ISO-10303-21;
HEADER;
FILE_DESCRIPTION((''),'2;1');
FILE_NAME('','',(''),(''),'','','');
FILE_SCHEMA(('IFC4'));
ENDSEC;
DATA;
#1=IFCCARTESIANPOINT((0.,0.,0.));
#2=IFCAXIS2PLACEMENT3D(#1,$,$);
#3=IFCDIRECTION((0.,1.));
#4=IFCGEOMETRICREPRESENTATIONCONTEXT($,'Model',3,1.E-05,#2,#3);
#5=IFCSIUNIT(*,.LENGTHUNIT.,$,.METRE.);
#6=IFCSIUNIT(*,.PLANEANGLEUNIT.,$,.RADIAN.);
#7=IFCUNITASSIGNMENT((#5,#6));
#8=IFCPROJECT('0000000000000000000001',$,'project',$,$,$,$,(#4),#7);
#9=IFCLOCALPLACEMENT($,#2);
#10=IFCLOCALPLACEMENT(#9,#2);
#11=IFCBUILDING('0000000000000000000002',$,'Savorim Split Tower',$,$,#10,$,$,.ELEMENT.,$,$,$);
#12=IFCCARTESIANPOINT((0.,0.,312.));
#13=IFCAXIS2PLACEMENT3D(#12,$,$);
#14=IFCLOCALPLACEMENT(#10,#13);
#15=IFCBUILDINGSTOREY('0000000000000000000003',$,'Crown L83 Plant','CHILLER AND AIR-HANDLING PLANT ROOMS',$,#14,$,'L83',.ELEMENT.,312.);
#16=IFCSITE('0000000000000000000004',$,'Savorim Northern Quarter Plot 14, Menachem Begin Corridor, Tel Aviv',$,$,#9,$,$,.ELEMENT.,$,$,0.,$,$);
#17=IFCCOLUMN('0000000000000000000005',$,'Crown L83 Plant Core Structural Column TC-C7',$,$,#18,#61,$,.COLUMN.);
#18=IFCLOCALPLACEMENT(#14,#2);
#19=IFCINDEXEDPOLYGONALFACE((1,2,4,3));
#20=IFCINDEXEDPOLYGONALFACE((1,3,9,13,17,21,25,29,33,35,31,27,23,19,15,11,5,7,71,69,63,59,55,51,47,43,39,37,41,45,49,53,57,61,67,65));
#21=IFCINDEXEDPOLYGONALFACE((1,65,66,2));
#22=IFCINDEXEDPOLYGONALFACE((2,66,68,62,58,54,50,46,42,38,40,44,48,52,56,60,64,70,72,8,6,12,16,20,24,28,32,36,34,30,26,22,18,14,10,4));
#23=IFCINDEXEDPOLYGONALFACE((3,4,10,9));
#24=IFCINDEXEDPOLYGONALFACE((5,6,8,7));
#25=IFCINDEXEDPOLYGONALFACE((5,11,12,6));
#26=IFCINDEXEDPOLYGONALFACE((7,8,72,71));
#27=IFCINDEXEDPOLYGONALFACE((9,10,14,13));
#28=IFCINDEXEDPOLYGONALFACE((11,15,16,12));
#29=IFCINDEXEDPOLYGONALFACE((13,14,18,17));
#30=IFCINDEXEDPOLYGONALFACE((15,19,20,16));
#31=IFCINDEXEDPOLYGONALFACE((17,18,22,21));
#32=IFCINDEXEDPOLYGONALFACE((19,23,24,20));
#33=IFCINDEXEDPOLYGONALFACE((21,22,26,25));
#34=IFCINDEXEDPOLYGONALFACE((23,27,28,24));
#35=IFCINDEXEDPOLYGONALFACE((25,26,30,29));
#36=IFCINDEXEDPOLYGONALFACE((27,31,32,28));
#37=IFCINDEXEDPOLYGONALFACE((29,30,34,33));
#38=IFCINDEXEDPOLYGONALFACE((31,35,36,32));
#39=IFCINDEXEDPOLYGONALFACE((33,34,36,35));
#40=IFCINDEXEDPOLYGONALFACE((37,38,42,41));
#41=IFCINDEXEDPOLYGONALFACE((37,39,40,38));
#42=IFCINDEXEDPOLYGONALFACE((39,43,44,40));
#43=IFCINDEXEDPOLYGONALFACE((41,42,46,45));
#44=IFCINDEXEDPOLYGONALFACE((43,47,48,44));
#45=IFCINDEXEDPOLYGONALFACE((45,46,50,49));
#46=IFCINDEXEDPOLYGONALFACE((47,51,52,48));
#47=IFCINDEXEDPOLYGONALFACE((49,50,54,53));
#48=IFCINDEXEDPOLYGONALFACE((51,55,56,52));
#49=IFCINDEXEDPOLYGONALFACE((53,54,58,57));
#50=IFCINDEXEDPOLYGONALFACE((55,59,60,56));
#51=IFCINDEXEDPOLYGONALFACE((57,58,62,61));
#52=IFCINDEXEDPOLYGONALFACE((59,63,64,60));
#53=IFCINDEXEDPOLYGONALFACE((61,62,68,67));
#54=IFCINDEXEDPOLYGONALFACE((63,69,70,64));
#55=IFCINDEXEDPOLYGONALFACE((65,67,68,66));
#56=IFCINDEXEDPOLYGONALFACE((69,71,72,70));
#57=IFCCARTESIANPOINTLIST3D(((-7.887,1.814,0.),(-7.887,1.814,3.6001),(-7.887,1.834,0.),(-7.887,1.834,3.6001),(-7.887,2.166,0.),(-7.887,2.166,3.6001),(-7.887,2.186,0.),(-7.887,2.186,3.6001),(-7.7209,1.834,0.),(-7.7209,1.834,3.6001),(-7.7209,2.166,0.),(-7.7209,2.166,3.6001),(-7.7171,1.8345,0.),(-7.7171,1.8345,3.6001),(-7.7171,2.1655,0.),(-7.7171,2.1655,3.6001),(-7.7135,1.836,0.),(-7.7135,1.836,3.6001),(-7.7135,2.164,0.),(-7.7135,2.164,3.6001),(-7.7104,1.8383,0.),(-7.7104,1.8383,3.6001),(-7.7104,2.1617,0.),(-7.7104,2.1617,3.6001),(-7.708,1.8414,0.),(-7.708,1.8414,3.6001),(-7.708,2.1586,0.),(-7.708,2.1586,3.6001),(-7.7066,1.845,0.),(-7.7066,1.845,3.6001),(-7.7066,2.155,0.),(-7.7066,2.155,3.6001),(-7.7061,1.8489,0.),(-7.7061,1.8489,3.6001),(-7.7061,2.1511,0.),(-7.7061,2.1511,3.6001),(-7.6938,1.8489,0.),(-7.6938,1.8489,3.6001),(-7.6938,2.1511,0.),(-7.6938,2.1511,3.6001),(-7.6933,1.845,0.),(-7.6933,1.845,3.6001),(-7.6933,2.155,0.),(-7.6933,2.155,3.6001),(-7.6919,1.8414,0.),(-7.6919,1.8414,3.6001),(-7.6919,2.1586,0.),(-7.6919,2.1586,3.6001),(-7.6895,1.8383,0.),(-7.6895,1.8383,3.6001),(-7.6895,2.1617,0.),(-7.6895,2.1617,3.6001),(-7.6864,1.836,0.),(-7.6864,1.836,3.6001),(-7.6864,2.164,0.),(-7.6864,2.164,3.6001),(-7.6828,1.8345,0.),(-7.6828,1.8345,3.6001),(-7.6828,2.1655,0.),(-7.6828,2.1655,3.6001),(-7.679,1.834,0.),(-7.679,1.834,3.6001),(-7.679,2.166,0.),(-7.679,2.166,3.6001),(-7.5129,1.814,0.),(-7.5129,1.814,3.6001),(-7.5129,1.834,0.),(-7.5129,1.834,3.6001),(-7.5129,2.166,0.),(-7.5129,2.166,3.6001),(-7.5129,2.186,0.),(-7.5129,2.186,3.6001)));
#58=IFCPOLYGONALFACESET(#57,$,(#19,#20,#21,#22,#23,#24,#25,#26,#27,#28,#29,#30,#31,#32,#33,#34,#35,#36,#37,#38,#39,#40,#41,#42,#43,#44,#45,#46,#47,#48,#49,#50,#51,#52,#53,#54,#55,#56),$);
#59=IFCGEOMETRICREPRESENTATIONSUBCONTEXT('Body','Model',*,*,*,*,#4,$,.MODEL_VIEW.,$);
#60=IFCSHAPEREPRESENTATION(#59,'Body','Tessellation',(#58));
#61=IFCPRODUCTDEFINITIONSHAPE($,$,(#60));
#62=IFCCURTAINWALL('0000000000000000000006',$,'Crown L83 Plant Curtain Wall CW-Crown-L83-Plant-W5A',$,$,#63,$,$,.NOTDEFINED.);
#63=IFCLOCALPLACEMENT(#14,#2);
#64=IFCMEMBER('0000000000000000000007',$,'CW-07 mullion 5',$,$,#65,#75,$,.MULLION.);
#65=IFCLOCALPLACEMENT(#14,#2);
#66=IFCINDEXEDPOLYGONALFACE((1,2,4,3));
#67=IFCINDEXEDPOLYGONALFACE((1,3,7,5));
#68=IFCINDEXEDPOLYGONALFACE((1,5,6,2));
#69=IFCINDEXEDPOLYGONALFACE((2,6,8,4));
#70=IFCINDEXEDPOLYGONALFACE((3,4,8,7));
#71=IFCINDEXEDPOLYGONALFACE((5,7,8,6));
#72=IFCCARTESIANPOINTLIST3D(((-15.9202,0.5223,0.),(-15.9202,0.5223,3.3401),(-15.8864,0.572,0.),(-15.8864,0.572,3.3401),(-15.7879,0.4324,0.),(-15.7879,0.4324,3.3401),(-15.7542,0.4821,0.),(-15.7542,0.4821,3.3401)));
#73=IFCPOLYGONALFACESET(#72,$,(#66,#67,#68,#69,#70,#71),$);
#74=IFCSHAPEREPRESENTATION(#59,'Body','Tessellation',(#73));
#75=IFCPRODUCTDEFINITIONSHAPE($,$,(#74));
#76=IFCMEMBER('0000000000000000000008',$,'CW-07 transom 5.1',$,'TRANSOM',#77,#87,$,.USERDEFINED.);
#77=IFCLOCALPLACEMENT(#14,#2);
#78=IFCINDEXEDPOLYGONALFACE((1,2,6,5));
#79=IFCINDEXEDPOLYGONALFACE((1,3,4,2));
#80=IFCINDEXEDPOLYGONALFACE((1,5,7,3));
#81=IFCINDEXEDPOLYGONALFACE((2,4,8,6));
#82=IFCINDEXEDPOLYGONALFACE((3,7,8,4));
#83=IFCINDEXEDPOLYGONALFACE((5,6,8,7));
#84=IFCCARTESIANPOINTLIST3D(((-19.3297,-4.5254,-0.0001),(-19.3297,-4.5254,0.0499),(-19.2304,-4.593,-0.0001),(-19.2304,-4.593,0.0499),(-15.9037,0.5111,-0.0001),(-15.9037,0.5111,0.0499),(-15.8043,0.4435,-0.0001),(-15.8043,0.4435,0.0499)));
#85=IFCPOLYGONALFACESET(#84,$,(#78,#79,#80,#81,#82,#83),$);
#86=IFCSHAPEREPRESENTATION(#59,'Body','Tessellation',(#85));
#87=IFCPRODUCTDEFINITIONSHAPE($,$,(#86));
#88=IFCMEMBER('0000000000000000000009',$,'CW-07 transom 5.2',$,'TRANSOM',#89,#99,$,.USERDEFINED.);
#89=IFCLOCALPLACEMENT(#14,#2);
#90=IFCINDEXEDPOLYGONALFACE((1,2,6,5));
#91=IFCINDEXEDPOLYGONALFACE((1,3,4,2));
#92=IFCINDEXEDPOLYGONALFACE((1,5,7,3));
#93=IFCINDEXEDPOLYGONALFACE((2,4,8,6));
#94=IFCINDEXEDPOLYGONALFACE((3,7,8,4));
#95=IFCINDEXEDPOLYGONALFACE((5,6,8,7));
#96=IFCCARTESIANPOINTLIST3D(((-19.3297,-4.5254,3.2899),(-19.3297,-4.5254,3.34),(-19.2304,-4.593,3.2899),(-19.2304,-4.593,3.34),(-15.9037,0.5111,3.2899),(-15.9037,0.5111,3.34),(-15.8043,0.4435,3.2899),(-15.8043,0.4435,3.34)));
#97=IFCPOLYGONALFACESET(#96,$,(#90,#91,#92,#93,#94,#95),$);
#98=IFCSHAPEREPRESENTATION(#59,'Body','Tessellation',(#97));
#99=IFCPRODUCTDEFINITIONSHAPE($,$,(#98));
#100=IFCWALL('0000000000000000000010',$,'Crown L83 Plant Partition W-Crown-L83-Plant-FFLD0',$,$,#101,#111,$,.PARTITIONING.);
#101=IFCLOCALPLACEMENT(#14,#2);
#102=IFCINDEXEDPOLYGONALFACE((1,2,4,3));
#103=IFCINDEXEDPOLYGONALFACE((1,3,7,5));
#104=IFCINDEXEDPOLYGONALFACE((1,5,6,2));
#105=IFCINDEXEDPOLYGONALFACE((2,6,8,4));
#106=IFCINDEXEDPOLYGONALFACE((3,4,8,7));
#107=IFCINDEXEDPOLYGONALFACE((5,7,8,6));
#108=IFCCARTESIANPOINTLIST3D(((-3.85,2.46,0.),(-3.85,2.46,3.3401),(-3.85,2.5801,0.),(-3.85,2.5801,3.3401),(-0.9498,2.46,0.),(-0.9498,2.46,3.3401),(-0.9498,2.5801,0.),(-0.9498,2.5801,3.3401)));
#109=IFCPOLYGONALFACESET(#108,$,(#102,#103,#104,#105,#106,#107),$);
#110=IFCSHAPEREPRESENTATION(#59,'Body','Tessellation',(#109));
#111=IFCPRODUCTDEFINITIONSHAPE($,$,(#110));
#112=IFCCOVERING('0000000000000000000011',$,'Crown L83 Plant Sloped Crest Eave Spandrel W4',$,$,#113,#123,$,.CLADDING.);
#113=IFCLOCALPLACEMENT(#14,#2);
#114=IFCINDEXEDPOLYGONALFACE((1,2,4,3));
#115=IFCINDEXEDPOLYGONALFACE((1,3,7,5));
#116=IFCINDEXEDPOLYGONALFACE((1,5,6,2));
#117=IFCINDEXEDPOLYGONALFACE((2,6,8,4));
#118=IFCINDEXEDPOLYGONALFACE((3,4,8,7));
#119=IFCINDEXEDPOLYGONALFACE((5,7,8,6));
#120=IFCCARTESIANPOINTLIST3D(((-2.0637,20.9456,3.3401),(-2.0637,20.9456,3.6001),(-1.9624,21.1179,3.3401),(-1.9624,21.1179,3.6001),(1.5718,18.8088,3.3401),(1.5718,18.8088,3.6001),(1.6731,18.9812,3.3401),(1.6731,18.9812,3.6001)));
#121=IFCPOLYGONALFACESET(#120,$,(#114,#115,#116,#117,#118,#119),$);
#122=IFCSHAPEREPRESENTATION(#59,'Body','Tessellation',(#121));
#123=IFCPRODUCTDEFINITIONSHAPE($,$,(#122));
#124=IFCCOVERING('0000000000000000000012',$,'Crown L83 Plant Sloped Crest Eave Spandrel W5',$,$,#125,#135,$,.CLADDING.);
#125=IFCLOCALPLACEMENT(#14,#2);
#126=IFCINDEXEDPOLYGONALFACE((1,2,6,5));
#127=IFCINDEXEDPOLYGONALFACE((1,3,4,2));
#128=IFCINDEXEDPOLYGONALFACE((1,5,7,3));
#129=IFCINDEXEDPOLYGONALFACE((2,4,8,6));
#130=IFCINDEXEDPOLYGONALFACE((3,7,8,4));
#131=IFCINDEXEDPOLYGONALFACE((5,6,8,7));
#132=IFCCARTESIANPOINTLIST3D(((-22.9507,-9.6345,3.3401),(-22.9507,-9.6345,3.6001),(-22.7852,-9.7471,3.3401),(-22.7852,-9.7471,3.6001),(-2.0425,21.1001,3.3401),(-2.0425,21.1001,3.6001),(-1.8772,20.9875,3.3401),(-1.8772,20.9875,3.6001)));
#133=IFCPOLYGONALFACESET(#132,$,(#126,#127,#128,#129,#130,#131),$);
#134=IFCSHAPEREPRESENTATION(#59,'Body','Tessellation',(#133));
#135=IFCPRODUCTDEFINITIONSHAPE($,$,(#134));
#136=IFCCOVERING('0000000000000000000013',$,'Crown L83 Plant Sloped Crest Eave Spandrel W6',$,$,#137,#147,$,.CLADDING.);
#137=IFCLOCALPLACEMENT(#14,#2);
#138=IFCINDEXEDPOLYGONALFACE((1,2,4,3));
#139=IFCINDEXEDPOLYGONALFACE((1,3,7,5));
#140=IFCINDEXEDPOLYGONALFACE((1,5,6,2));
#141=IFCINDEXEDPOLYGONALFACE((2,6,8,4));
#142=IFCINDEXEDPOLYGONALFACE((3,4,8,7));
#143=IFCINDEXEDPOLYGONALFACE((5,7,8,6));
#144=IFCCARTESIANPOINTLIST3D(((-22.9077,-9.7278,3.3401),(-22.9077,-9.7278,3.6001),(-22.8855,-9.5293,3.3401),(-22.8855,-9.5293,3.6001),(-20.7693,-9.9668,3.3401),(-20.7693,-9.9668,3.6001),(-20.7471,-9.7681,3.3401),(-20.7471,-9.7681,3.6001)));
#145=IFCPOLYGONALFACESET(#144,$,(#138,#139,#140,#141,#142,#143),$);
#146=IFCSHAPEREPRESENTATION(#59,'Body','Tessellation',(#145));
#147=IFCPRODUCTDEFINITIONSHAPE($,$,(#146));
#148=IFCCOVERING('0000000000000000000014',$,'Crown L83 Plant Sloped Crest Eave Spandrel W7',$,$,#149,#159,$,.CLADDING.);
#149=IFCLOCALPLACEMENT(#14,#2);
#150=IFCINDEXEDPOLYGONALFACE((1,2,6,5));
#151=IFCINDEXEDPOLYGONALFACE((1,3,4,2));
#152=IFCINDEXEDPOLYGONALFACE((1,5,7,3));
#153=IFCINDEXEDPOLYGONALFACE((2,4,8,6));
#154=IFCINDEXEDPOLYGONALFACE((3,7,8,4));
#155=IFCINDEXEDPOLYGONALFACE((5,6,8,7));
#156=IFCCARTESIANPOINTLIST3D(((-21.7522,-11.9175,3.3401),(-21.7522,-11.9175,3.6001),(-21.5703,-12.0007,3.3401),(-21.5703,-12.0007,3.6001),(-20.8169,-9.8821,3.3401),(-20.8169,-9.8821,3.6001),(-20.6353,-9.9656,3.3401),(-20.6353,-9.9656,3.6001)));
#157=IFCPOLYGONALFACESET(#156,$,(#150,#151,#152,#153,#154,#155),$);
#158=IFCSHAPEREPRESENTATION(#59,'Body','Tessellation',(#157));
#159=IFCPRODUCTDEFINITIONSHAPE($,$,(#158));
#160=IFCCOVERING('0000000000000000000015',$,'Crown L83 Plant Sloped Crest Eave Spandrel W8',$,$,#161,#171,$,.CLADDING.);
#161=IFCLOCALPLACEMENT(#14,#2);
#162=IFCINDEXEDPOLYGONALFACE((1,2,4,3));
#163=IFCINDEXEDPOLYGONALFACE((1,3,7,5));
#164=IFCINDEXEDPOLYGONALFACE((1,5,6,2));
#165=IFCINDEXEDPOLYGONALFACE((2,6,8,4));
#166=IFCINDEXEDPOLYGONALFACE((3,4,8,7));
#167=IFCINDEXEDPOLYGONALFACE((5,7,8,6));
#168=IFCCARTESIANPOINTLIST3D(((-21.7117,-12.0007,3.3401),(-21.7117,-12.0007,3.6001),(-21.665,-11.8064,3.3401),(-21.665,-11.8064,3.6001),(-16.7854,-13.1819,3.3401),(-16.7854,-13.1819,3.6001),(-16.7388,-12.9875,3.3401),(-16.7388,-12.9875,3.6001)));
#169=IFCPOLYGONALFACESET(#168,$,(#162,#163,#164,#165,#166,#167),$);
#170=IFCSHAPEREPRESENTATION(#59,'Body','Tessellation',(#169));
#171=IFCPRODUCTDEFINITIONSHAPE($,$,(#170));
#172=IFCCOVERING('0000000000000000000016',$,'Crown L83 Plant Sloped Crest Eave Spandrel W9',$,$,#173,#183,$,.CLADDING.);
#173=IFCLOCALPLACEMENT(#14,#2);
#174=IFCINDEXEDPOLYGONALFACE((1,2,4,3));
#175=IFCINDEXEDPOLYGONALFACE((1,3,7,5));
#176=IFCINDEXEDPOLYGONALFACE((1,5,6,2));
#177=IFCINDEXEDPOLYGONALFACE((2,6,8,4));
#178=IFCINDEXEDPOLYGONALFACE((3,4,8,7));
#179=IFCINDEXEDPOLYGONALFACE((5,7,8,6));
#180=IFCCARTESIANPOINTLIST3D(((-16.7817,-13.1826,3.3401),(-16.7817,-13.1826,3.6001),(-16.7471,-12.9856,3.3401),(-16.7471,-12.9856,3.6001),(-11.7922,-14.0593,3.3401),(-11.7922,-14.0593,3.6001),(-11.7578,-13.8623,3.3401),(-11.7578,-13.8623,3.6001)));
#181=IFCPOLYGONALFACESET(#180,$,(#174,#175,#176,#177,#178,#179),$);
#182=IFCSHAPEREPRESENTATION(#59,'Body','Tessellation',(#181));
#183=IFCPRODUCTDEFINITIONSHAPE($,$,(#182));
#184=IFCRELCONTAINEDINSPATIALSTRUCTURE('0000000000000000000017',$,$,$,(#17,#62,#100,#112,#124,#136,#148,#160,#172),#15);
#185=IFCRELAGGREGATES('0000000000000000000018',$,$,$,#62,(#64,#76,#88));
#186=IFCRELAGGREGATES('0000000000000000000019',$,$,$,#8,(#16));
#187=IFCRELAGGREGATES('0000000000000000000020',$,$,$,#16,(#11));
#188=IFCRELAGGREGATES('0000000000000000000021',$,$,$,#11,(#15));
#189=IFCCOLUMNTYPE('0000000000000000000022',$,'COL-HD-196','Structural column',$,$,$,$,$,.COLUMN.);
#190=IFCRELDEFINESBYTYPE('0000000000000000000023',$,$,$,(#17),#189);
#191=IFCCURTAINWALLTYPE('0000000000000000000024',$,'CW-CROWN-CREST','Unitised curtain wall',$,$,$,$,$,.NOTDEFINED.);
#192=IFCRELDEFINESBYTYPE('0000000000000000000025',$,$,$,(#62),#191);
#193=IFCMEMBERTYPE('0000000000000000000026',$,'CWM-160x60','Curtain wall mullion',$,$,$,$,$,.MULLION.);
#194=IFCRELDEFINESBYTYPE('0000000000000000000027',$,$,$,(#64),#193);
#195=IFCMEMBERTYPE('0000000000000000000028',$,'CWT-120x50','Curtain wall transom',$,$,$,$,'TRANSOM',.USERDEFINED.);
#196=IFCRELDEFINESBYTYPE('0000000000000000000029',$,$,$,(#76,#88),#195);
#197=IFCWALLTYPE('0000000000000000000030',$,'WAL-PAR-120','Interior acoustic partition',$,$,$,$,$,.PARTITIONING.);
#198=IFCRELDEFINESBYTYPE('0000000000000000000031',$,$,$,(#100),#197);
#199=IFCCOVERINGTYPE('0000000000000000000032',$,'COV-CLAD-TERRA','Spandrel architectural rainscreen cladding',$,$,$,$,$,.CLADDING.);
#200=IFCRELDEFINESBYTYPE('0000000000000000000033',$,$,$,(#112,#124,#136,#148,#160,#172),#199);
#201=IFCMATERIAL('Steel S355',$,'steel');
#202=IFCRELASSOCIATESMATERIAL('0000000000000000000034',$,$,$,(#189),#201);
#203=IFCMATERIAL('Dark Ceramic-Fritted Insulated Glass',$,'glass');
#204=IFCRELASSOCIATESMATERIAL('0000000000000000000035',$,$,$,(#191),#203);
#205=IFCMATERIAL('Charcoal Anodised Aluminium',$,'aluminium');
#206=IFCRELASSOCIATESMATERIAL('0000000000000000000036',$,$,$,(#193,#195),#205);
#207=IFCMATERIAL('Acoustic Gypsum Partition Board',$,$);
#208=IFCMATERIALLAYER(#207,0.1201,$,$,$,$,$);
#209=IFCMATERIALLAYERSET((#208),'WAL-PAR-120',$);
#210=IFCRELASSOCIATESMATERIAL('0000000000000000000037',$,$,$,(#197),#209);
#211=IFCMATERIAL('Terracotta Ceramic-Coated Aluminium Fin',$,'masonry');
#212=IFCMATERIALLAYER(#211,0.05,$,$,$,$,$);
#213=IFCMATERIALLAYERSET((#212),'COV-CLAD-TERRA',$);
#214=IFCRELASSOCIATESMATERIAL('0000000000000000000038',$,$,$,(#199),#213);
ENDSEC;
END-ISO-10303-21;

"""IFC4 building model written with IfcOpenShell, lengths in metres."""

from ifc_helpers import new_model, si_unit, direction, frame, frame_2d, origin, origin_2d, place, context, subcontext, project, spatial, polyline, rectangle, i_section, outline, extrude, material, layer, layer_set, material_profile, profile_set, type_object, element, aggregate, save


model = new_model("IFC4")

# Units and contexts
model_context = context("Model", 3, precision=1e-05, world=origin(), true_north=direction((0.0, 1.0)))
body_context = subcontext(model_context, "Body", "Model", "MODEL_VIEW")
ifc_project = project(units=[si_unit("LENGTHUNIT", "METRE"), si_unit("PLANEANGLEUNIT", "RADIAN")], contexts=[model_context])

# Site, building, storey
site_placement = place(None, origin())
site = spatial("IfcSite", under=ifc_project, at=site_placement, Name="Savorim Northern Quarter Plot 14, Menachem Begin Corridor, Tel Aviv", CompositionType="ELEMENT", RefElevation=0.0)
building_placement = place(site_placement, origin())
building = spatial("IfcBuilding", under=site, at=building_placement, Name="Savorim Split Tower", CompositionType="ELEMENT")
storey_placement = place(building_placement, frame((0.0, 0.0, 312.0)))
storey = spatial("IfcBuildingStorey", under=building, at=storey_placement, Name="Crown L83 Plant", Description="CHILLER AND AIR-HANDLING PLANT ROOMS", LongName="L83", CompositionType="ELEMENT", Elevation=312.0)

# Column
ifc_material_1 = material(Name="Steel S355", Category="steel")
ifc_material_profile_1 = material_profile(ifc_material_1, i_section(OverallWidth=0.374, OverallDepth=0.3721, WebThickness=0.0122, FlangeThickness=0.02, FilletRadius=0.0149, at=origin_2d()), Name="HD 360x196")
ifc_profile_set_1 = profile_set([ifc_material_profile_1], Name="Steel S355")
column_type = type_object("IfcColumnType", Name="COL-HD-196", Description="Structural column", PredefinedType="COLUMN", material=ifc_profile_set_1)
column_placement = place(storey_placement, frame((-7.7, 2.0, 0.0), z_axis=(0.0, 0.0, 1.0), x_axis=(1.0, 0.0, 0.0)))
element("IfcColumn", 1, at=column_placement, inside=storey, type_object=column_type, Name="Crown L83 Plant Core Structural Column TC-C7", PredefinedType="COLUMN", context=body_context, shape_type="SweptSolid", body=[
    extrude(i_section(OverallWidth=0.374, OverallDepth=0.3721, WebThickness=0.0122, FlangeThickness=0.02, FilletRadius=0.0149, at=origin_2d()), origin(), (0.0, 0.0, 1.0), 3.6001),
])

# Curtain wall, members
ifc_material_2 = material(Name="Dark Ceramic-Fritted Insulated Glass", Category="glass")
curtain_wall_type = type_object("IfcCurtainWallType", Name="CW-CROWN-CREST", Description="Unitised curtain wall", PredefinedType="NOTDEFINED", material=ifc_material_2)
curtain_wall_placement = place(storey_placement, origin())
curtain_wall = element("IfcCurtainWall", 2, at=curtain_wall_placement, inside=storey, type_object=curtain_wall_type, Name="Crown L83 Plant Curtain Wall CW-Crown-L83-Plant-W5A", PredefinedType="NOTDEFINED")
ifc_material_3 = material(Name="Charcoal Anodised Aluminium", Category="aluminium")
ifc_material_profile_2 = material_profile(ifc_material_3, rectangle(XDim=0.1599, YDim=0.0601, at=origin_2d()), Name="ALU-M 160x60")
ifc_profile_set_2 = profile_set([ifc_material_profile_2], Name="Charcoal Anodised Aluminium")
member_type_1 = type_object("IfcMemberType", Name="CWM-160x60", Description="Curtain wall mullion", PredefinedType="MULLION", material=ifc_profile_set_2)
member_1_placement = place(storey_placement, frame((-15.8372, 0.5022, 0.0), z_axis=(0.0, 0.0, 1.0), x_axis=(0.826821, -0.562465, 0.0)))
member_1 = element("IfcMember", 3, at=member_1_placement, type_object=member_type_1, Name="CW-07 mullion 5", PredefinedType="MULLION", context=body_context, shape_type="SweptSolid", body=[
    extrude(rectangle(XDim=0.1599, YDim=0.0601, at=origin_2d()), origin(), (0.0, 0.0, 1.0), 3.3401),
])
ifc_material_profile_3 = material_profile(ifc_material_3, rectangle(XDim=0.1201, YDim=0.05, at=origin_2d()), Name="ALU-T 120x50")
ifc_profile_set_3 = profile_set([ifc_material_profile_3], Name="Charcoal Anodised Aluminium")
member_type_2 = type_object("IfcMemberType", Name="CWT-120x50", Description="Curtain wall transom", ElementType="TRANSOM", PredefinedType="USERDEFINED", material=ifc_profile_set_3)
member_2_placement = place(storey_placement, frame((-15.854, 0.4773, 0.0249), z_axis=(-0.562455, -0.826828, 0.0), x_axis=(0.826828, -0.562455, 0.0)))
member_2 = element("IfcMember", 4, at=member_2_placement, type_object=member_type_2, Name="CW-07 transom 5.1", ObjectType="TRANSOM", PredefinedType="USERDEFINED", context=body_context, shape_type="SweptSolid", body=[
    extrude(rectangle(XDim=0.1201, YDim=0.05, at=origin_2d()), origin(), (0.0, 0.0, 1.0), 6.0913),
])
member_3_placement = place(storey_placement, frame((-15.854, 0.4773, 3.3149), z_axis=(-0.562455, -0.826828, 0.0), x_axis=(0.826828, -0.562455, 0.0)))
member_3 = element("IfcMember", 5, at=member_3_placement, type_object=member_type_2, Name="CW-07 transom 5.2", ObjectType="TRANSOM", PredefinedType="USERDEFINED", context=body_context, shape_type="SweptSolid", body=[
    extrude(rectangle(XDim=0.1201, YDim=0.05, at=origin_2d()), origin(), (0.0, 0.0, 1.0), 6.0913),
])
aggregate(curtain_wall, [member_1, member_2, member_3])

# Wall
ifc_material_4 = material(Name="Acoustic Gypsum Partition Board")
ifc_layer_1 = layer(ifc_material_4, 0.1201)
ifc_layer_set_1 = layer_set([ifc_layer_1], Name="WAL-PAR-120")
wall_type_1 = type_object("IfcWallType", Name="WAL-PAR-120", Description="Interior acoustic partition", PredefinedType="PARTITIONING", material=ifc_layer_set_1)
wall_1_placement = place(storey_placement, frame((-3.8501, 2.52, 0.0), z_axis=(0.0, 0.0, 1.0), x_axis=(1.0, 0.0, 0.0)))
element("IfcWall", 6, at=wall_1_placement, inside=storey, type_object=wall_type_1, Name="Crown L83 Plant Partition W-Crown-L83-Plant-FFLD0", PredefinedType="PARTITIONING", context=body_context, shape_type="SweptSolid", body=[
    extrude(rectangle(XDim=2.9001, YDim=0.1201, at=frame_2d((1.4502, 0.0))), origin(), (0.0, 0.0, 1.0), 3.3401),
])

# Coverings
ifc_material_5 = material(Name="Terracotta Ceramic-Coated Aluminium Fin", Category="masonry")
ifc_layer_2 = layer(ifc_material_5, 0.05)
ifc_layer_set_2 = layer_set([ifc_layer_2], Name="COV-CLAD-TERRA")
covering_type = type_object("IfcCoveringType", Name="COV-CLAD-TERRA", Description="Spandrel architectural rainscreen cladding", PredefinedType="CLADDING", material=ifc_layer_set_2)
covering_1_placement = place(storey_placement, frame((0.0, 0.0, 3.3401)))
element("IfcCovering", 7, at=covering_1_placement, inside=storey, type_object=covering_type, Name="Crown L83 Plant Sloped Crest Eave Spandrel W4", PredefinedType="CLADDING", context=body_context, shape_type="SweptSolid", body=[
    extrude(outline(polyline([(1.6731, 18.9812), (-1.9624, 21.1179), (-2.0637, 20.9456), (1.5718, 18.8088), (1.6731, 18.9812)])), origin(), (0.0, 0.0, 1.0), 0.26),
])
covering_2_placement = place(storey_placement, frame((0.0, 0.0, 3.3401)))
element("IfcCovering", 8, at=covering_2_placement, inside=storey, type_object=covering_type, Name="Crown L83 Plant Sloped Crest Eave Spandrel W5", PredefinedType="CLADDING", context=body_context, shape_type="SweptSolid", body=[
    extrude(outline(polyline([(-2.0425, 21.1001), (-22.9507, -9.6345), (-22.7852, -9.7471), (-1.8772, 20.9875), (-2.0425, 21.1001)])), origin(), (0.0, 0.0, 1.0), 0.26),
])
covering_3_placement = place(storey_placement, frame((0.0, 0.0, 3.3401)))
element("IfcCovering", 9, at=covering_3_placement, inside=storey, type_object=covering_type, Name="Crown L83 Plant Sloped Crest Eave Spandrel W6", PredefinedType="CLADDING", context=body_context, shape_type="SweptSolid", body=[
    extrude(outline(polyline([(-22.9077, -9.7278), (-20.7693, -9.9668), (-20.7471, -9.7681), (-22.8855, -9.5293), (-22.9077, -9.7278)])), origin(), (0.0, 0.0, 1.0), 0.26),
])
covering_4_placement = place(storey_placement, frame((0.0, 0.0, 3.3401)))
element("IfcCovering", 10, at=covering_4_placement, inside=storey, type_object=covering_type, Name="Crown L83 Plant Sloped Crest Eave Spandrel W7", PredefinedType="CLADDING", context=body_context, shape_type="SweptSolid", body=[
    extrude(outline(polyline([(-20.8169, -9.8821), (-21.7522, -11.9175), (-21.5703, -12.0007), (-20.6353, -9.9656), (-20.8169, -9.8821)])), origin(), (0.0, 0.0, 1.0), 0.26),
])
covering_5_placement = place(storey_placement, frame((0.0, 0.0, 3.3401)))
element("IfcCovering", 11, at=covering_5_placement, inside=storey, type_object=covering_type, Name="Crown L83 Plant Sloped Crest Eave Spandrel W8", PredefinedType="CLADDING", context=body_context, shape_type="SweptSolid", body=[
    extrude(outline(polyline([(-21.7117, -12.0007), (-16.7854, -13.1819), (-16.7388, -12.9875), (-21.665, -11.8064), (-21.7117, -12.0007)])), origin(), (0.0, 0.0, 1.0), 0.26),
])
covering_6_placement = place(storey_placement, frame((0.0, 0.0, 3.3401)))
element("IfcCovering", 12, at=covering_6_placement, inside=storey, type_object=covering_type, Name="Crown L83 Plant Sloped Crest Eave Spandrel W9", PredefinedType="CLADDING", context=body_context, shape_type="SweptSolid", body=[
    extrude(outline(polyline([(-16.7817, -13.1826), (-11.7922, -14.0593), (-11.7578, -13.8623), (-16.7471, -12.9856), (-16.7817, -13.1826)])), origin(), (0.0, 0.0, 1.0), 0.26),
])

save(model, "model.ifc")
